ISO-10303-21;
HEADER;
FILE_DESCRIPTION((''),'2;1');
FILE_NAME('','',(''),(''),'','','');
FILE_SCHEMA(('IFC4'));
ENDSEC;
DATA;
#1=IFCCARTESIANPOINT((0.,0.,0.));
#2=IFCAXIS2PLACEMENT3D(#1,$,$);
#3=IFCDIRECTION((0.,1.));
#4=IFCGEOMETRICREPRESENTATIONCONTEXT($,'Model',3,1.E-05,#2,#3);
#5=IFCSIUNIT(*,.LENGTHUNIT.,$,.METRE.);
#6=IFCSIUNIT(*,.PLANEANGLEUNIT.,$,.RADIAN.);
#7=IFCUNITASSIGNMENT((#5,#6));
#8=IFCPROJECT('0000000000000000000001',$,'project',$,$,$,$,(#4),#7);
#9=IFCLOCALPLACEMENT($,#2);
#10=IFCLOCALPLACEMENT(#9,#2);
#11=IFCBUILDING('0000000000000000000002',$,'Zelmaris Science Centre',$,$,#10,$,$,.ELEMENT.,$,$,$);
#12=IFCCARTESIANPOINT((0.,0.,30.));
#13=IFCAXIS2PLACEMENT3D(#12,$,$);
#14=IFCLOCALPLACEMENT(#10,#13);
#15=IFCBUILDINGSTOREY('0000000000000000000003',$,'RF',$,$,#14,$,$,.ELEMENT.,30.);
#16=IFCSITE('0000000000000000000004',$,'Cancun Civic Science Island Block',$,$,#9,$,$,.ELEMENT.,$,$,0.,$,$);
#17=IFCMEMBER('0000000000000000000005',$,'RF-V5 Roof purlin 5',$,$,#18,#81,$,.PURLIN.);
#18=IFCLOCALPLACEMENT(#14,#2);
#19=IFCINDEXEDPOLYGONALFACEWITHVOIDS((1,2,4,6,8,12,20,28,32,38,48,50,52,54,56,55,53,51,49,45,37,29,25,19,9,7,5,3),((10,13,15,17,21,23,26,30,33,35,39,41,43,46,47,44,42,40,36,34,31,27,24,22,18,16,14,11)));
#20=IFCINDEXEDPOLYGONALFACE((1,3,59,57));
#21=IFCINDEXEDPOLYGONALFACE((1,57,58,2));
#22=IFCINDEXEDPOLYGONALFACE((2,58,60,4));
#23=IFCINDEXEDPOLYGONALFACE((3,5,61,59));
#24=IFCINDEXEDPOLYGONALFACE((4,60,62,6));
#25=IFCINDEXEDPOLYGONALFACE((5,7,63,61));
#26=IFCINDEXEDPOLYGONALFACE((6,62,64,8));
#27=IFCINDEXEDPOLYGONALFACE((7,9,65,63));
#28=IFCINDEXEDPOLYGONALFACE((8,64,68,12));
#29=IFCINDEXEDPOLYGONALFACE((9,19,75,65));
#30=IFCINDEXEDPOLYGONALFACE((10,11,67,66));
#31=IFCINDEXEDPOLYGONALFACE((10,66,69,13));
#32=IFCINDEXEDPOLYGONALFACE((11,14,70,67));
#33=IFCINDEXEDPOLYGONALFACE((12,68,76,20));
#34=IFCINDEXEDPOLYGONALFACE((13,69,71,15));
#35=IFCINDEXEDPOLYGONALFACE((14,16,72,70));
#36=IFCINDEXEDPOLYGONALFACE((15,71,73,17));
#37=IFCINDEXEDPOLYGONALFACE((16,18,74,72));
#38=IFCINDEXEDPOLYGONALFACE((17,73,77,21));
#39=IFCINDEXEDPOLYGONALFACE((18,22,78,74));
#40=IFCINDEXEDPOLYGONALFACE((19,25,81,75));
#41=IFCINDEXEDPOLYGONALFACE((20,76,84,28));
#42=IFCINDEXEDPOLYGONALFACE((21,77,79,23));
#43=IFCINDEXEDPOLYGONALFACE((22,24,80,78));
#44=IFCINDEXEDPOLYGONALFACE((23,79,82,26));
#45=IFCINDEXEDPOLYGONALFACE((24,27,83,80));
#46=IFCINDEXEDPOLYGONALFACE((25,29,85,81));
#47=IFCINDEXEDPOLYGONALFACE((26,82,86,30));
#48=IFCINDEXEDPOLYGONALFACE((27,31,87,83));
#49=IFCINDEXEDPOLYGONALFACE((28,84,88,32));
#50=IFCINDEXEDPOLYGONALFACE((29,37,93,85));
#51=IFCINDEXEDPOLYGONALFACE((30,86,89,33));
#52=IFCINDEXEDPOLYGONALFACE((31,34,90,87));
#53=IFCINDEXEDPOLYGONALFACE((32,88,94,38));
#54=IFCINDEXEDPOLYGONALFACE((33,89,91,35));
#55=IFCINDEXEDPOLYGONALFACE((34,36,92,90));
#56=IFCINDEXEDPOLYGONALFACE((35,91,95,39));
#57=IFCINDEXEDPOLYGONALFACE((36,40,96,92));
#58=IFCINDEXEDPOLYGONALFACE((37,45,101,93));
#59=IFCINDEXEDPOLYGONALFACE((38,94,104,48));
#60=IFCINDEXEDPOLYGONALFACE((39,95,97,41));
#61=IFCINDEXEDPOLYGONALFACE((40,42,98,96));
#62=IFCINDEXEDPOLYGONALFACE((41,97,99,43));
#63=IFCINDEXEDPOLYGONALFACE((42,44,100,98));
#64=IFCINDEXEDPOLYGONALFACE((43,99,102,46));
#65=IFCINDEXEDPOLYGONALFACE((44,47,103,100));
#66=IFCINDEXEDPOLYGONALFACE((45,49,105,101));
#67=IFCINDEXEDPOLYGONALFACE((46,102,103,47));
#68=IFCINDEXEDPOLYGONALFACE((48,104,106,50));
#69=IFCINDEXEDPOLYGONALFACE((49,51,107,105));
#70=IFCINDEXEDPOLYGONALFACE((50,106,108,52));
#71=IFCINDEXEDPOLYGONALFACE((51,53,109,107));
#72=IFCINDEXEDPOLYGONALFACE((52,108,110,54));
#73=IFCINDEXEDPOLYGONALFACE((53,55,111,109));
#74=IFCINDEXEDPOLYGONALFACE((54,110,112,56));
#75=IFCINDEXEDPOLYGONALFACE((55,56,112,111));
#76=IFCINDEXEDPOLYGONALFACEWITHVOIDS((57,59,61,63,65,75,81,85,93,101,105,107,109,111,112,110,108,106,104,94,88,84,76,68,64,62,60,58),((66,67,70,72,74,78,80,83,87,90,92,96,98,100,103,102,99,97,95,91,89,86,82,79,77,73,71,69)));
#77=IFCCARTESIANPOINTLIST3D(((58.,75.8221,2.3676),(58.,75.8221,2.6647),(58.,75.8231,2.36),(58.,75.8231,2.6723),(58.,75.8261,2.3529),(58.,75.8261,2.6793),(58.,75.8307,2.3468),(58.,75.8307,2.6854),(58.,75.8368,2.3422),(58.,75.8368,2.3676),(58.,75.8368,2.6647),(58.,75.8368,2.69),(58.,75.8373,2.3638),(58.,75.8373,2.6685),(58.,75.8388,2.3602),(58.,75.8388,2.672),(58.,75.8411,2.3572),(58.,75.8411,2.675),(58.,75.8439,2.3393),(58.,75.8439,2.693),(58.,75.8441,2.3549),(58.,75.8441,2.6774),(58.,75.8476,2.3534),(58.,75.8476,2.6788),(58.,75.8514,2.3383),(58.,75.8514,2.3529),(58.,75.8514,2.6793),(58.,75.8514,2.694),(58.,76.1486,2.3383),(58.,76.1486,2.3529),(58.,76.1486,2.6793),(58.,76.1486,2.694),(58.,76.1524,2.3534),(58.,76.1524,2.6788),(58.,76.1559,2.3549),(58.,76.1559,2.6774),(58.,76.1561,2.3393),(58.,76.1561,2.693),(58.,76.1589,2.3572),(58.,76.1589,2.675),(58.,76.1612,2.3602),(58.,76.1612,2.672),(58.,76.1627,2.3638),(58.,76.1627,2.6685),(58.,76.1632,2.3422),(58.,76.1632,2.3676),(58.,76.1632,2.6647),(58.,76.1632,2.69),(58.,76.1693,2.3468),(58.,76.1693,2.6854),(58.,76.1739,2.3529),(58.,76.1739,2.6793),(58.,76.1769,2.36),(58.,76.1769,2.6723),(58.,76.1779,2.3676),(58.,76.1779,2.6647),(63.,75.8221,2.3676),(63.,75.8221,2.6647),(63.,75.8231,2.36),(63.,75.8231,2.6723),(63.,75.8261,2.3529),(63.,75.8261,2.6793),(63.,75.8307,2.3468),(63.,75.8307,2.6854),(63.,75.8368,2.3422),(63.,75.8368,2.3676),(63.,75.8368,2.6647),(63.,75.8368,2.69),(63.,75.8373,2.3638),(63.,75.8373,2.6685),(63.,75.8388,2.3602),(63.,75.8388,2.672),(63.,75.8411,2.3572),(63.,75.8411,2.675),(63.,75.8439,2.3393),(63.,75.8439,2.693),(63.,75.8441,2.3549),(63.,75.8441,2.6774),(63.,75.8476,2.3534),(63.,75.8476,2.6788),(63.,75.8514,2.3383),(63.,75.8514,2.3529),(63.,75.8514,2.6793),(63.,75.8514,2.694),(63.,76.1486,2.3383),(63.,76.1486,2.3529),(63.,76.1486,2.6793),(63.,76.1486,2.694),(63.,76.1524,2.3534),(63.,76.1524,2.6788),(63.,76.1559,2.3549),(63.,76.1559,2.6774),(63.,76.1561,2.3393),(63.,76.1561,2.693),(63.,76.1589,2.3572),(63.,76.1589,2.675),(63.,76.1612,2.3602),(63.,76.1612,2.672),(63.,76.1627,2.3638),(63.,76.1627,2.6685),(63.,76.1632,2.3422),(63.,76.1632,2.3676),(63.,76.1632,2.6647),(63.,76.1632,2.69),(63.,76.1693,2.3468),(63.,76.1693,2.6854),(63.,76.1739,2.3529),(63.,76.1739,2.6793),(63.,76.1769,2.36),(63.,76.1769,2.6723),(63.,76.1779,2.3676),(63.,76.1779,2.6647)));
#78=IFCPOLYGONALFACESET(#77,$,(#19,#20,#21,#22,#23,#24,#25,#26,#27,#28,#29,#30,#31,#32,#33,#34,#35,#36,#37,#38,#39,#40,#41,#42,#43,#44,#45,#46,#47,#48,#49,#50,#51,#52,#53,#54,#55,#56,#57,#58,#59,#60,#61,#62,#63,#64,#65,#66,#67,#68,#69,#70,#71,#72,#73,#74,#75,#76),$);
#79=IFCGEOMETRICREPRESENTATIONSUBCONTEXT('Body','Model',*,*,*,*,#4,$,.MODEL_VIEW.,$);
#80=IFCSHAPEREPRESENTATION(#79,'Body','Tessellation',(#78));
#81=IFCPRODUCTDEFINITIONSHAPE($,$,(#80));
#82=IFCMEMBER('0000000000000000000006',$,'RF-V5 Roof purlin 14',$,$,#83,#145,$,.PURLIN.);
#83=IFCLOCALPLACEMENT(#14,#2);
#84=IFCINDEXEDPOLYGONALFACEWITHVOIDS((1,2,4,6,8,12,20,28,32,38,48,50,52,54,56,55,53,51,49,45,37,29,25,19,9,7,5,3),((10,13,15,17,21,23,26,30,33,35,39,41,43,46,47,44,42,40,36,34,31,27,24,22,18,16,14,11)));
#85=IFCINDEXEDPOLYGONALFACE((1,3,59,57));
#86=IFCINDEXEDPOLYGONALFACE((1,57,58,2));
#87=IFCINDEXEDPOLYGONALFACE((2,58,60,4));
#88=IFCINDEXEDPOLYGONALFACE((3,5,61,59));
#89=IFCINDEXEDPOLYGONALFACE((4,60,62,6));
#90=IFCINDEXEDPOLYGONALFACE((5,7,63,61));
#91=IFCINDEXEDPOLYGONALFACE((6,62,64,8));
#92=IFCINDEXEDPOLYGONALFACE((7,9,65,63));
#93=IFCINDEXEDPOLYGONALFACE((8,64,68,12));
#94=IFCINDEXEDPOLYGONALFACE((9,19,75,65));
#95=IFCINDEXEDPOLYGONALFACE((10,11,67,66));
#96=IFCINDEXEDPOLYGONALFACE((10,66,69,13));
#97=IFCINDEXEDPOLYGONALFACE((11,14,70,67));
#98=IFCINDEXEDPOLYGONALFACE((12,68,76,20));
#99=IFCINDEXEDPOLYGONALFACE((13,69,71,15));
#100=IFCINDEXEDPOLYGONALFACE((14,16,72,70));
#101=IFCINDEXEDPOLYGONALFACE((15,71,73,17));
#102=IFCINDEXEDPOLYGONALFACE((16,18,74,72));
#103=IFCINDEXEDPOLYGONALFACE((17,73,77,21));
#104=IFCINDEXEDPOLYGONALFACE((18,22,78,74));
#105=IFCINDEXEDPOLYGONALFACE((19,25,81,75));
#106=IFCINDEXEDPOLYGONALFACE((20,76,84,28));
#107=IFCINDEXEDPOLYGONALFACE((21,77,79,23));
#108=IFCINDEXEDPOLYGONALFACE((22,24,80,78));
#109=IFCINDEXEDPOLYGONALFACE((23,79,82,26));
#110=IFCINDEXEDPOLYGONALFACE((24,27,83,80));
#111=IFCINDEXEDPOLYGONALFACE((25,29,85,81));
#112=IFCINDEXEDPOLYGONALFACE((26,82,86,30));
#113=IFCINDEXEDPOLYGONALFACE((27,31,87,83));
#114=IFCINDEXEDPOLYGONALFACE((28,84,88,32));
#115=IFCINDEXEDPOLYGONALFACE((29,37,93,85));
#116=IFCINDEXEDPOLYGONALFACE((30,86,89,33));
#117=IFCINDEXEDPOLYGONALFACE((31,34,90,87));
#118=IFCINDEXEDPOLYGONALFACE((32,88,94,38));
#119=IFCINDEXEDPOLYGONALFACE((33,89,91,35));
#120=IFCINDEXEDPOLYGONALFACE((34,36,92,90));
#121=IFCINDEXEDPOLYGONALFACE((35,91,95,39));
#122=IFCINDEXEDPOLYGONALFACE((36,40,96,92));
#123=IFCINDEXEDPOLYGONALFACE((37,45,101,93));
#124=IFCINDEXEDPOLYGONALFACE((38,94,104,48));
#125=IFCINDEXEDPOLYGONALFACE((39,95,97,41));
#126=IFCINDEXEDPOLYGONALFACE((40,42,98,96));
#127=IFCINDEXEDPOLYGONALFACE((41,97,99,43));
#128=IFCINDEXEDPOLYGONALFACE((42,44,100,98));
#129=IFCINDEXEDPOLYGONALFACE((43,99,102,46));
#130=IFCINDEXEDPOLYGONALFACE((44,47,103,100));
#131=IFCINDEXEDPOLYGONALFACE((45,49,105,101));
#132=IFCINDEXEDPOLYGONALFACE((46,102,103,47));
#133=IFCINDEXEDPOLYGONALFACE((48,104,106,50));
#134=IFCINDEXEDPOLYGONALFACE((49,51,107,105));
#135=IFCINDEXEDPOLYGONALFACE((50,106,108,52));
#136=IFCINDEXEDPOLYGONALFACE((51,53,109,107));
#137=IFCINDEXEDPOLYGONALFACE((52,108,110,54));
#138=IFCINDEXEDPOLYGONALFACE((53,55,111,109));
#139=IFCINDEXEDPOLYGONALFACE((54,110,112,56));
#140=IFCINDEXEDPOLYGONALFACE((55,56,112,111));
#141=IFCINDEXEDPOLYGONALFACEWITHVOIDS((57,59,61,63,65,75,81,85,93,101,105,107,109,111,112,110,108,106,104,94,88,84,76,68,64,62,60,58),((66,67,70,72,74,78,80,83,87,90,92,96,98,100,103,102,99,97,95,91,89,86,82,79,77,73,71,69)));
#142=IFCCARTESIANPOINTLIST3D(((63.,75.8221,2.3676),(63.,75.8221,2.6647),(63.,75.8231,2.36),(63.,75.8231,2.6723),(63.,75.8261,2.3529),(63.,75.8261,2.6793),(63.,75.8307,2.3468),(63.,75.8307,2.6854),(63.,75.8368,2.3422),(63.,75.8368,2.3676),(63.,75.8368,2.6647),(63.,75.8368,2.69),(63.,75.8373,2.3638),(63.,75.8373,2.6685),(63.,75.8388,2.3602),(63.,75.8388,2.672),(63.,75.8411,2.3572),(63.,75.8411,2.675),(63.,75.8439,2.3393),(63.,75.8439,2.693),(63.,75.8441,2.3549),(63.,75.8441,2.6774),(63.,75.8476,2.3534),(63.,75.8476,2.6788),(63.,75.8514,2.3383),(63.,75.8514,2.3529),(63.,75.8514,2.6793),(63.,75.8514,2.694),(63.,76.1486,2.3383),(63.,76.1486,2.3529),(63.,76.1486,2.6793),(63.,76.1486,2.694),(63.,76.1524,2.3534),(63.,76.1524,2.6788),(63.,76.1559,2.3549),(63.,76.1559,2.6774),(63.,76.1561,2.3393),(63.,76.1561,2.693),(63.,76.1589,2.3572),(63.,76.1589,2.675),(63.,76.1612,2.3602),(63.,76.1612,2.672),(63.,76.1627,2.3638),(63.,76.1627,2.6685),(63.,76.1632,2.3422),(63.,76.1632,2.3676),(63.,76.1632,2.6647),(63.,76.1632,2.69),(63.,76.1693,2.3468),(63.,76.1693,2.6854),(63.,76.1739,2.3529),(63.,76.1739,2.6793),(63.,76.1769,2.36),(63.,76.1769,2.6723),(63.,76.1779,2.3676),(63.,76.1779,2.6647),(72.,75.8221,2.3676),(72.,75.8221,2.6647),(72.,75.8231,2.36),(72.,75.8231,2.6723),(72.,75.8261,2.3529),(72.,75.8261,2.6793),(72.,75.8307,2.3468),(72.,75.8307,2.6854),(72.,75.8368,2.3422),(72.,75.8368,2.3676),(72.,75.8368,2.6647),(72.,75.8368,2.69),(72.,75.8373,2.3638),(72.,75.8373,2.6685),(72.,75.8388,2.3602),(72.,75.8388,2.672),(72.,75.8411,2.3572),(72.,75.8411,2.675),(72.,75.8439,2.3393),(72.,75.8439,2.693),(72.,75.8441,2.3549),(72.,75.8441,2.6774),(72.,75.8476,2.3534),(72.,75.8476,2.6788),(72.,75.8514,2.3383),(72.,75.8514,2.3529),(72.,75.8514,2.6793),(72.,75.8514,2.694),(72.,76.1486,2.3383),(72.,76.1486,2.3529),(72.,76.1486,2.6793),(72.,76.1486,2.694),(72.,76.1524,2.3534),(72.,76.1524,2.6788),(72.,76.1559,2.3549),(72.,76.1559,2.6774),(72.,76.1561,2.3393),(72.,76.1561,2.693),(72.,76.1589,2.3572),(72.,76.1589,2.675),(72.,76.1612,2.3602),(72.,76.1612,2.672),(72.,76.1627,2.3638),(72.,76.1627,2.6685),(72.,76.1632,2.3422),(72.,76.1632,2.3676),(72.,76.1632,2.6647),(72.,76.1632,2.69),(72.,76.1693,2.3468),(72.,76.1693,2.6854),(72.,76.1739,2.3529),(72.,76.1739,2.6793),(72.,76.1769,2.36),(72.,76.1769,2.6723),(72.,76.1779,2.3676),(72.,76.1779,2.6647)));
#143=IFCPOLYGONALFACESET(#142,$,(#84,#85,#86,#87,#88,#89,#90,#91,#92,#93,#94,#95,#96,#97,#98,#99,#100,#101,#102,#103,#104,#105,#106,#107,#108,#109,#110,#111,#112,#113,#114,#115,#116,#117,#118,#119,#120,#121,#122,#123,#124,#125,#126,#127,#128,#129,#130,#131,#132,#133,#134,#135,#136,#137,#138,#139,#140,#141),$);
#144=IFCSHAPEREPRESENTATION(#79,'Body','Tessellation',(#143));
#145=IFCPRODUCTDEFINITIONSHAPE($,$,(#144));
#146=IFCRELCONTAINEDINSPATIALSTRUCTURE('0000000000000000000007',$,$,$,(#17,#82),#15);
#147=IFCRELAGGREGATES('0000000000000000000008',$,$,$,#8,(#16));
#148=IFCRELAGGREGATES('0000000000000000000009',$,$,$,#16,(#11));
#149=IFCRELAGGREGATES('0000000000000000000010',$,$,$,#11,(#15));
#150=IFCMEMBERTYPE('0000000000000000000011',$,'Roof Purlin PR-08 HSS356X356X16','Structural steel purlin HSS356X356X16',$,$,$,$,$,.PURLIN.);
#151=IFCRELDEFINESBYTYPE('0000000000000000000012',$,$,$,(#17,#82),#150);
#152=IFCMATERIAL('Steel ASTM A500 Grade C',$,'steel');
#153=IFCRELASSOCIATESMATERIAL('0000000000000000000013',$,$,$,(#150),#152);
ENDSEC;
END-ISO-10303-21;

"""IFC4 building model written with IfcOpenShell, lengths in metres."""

from ifc_helpers import new_model, si_unit, direction, frame, origin, origin_2d, place, context, subcontext, project, spatial, hollow_rectangle, extrude, material, material_profile, profile_set, type_object, element, save


model = new_model("IFC4")

# Units and contexts
model_context = context("Model", 3, precision=1e-05, world=origin(), true_north=direction((0.0, 1.0)))
body_context = subcontext(model_context, "Body", "Model", "MODEL_VIEW")
ifc_project = project(units=[si_unit("LENGTHUNIT", "METRE"), si_unit("PLANEANGLEUNIT", "RADIAN")], contexts=[model_context])

# Site, building, storey
site_placement = place(None, origin())
site = spatial("IfcSite", under=ifc_project, at=site_placement, Name="Cancun Civic Science Island Block", CompositionType="ELEMENT", RefElevation=0.0)
building_placement = place(site_placement, origin())
building = spatial("IfcBuilding", under=site, at=building_placement, Name="Zelmaris Science Centre", CompositionType="ELEMENT")
storey_placement = place(building_placement, frame((0.0, 0.0, 30.0)))
storey = spatial("IfcBuildingStorey", under=building, at=storey_placement, Name="RF", CompositionType="ELEMENT", Elevation=30.0)

# Shared definitions
ifc_material = material(Name="Steel ASTM A500 Grade C", Category="steel")

# Members
ifc_material_profile_1 = material_profile(ifc_material, hollow_rectangle(XDim=0.3557, YDim=0.3557, WallThickness=0.0146, InnerFilletRadius=0.0146, OuterFilletRadius=0.0293, at=origin_2d()), Name="HSS356X356X16")
ifc_profile_set_1 = profile_set([ifc_material_profile_1], Name="Steel ASTM A500 Grade C")
member_type_1 = type_object("IfcMemberType", Name="Roof Purlin PR-08 HSS356X356X16", Description="Structural steel purlin HSS356X356X16", PredefinedType="PURLIN", material=ifc_profile_set_1)
member_1_placement = place(storey_placement, frame((58.0, 76.0, 2.5161), z_axis=(1.0, 0.0, 0.0), x_axis=(0.0, 1.0, 0.0)))
element("IfcMember", 1, at=member_1_placement, inside=storey, type_object=member_type_1, Name="RF-V5 Roof purlin 5", PredefinedType="PURLIN", context=body_context, shape_type="SweptSolid", body=[
    extrude(hollow_rectangle(XDim=0.3557, YDim=0.3557, WallThickness=0.0146, InnerFilletRadius=0.0146, OuterFilletRadius=0.0293, at=origin_2d()), origin(), (0.0, 0.0, 1.0), 5.0),
])
member_2_placement = place(storey_placement, frame((63.0, 76.0, 2.5161), z_axis=(1.0, 0.0, 0.0), x_axis=(0.0, 1.0, 0.0)))
element("IfcMember", 2, at=member_2_placement, inside=storey, type_object=member_type_1, Name="RF-V5 Roof purlin 14", PredefinedType="PURLIN", context=body_context, shape_type="SweptSolid", body=[
    extrude(hollow_rectangle(XDim=0.3557, YDim=0.3557, WallThickness=0.0146, InnerFilletRadius=0.0146, OuterFilletRadius=0.0293, at=origin_2d()), origin(), (0.0, 0.0, 1.0), 9.0),
])

save(model, "model.ifc")
